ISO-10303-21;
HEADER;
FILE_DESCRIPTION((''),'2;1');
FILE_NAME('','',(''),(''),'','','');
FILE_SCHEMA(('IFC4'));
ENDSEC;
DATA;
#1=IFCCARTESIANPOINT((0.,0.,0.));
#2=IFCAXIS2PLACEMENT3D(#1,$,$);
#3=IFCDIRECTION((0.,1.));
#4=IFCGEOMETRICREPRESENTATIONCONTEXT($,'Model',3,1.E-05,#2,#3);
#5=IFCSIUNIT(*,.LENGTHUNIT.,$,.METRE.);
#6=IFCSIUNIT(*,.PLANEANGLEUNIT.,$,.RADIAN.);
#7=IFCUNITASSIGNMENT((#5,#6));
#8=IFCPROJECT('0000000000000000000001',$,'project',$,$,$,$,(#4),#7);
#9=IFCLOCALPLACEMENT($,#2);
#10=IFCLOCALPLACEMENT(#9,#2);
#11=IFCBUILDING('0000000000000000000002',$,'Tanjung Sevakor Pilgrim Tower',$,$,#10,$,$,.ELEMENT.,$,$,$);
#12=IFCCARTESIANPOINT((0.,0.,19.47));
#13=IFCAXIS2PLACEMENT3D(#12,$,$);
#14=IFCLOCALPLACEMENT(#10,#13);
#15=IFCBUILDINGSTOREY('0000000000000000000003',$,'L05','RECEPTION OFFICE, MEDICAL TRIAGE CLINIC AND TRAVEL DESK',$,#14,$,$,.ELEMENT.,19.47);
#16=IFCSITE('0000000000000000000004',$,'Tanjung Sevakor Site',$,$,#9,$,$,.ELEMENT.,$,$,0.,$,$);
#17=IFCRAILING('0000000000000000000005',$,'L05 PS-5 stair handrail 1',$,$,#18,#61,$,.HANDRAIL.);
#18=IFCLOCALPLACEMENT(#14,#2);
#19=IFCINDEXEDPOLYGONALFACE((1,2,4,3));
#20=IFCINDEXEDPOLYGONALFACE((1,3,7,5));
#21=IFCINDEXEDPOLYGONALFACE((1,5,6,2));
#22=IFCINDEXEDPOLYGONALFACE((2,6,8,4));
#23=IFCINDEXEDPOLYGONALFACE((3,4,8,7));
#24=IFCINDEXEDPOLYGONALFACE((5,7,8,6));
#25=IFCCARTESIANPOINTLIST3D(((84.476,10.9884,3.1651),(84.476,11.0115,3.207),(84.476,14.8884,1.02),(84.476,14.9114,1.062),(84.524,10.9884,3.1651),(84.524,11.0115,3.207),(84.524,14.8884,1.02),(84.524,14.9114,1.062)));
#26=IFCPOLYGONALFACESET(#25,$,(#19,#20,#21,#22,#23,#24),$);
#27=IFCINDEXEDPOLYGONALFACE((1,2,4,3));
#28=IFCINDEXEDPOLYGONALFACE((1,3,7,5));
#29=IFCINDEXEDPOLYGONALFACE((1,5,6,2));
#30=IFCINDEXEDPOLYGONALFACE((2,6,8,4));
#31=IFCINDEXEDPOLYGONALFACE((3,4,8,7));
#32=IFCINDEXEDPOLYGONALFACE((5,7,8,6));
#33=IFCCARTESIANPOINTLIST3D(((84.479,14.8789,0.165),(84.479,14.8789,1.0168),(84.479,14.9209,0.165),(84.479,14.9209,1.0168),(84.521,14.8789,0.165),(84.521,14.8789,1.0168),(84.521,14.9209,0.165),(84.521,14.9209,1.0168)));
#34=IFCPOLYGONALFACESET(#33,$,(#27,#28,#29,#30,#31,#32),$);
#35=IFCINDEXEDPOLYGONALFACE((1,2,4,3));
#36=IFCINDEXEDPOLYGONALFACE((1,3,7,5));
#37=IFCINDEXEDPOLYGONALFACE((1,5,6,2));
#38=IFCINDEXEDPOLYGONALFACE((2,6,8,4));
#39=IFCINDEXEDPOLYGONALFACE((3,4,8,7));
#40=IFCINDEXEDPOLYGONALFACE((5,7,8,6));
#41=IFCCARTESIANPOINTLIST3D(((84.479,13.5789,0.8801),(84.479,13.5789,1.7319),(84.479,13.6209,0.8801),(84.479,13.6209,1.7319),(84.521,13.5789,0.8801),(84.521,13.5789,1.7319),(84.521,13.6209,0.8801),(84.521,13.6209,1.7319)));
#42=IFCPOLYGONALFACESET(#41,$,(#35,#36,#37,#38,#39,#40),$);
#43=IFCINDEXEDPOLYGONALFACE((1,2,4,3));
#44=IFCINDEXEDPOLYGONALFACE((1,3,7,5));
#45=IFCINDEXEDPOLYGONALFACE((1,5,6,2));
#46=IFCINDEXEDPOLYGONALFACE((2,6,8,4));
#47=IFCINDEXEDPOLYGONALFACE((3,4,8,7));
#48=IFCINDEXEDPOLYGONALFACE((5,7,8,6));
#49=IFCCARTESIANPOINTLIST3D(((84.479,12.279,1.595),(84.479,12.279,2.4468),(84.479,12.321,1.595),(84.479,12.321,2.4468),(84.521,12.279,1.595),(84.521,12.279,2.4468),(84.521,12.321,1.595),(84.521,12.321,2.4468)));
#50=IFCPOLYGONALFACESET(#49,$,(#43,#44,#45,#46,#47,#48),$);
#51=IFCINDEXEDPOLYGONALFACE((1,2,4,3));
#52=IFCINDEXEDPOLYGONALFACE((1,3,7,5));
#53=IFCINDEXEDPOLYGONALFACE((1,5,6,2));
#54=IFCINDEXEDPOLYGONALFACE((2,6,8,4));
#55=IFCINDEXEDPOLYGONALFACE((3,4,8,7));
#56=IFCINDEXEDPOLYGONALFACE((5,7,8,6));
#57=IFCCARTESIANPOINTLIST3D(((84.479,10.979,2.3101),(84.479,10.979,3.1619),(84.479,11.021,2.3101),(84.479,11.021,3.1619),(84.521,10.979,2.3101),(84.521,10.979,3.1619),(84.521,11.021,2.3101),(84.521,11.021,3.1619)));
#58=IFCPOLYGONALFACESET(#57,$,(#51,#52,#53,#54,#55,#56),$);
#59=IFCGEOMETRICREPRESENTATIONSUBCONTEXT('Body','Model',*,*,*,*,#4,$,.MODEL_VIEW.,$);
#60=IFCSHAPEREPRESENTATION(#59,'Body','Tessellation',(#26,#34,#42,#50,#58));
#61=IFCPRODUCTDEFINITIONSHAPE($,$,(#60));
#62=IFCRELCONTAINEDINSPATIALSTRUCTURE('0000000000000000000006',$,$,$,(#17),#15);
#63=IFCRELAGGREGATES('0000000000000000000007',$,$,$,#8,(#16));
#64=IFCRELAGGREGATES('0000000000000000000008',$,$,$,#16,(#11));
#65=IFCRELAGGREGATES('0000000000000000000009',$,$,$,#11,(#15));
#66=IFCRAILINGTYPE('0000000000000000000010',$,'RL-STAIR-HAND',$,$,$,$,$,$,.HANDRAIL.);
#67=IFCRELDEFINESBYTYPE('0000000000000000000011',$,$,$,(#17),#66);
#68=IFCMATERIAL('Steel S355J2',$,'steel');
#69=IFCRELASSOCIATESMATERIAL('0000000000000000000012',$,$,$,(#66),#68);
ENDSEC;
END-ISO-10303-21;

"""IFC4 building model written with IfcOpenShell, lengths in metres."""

from ifc_helpers import new_model, si_unit, direction, frame, origin, place, context, subcontext, project, spatial, rectangle, extrude, material, type_object, element, save


model = new_model("IFC4")

# Units and contexts
model_context = context("Model", 3, precision=1e-05, world=origin(), true_north=direction((0.0, 1.0)))
body_context = subcontext(model_context, "Body", "Model", "MODEL_VIEW")
ifc_project = project(units=[si_unit("LENGTHUNIT", "METRE"), si_unit("PLANEANGLEUNIT", "RADIAN")], contexts=[model_context])

# Site, building, storey
site_placement = place(None, origin())
site = spatial("IfcSite", under=ifc_project, at=site_placement, Name="Tanjung Sevakor Site", CompositionType="ELEMENT", RefElevation=0.0)
building_placement = place(site_placement, origin())
building = spatial("IfcBuilding", under=site, at=building_placement, Name="Tanjung Sevakor Pilgrim Tower", CompositionType="ELEMENT")
storey_placement = place(building_placement, frame((0.0, 0.0, 19.47)))
storey = spatial("IfcBuildingStorey", under=building, at=storey_placement, Name="L05", Description="RECEPTION OFFICE, MEDICAL TRIAGE CLINIC AND TRAVEL DESK", CompositionType="ELEMENT", Elevation=19.47)

# Railing
ifc_material_1 = material(Name="Steel S355J2", Category="steel")
railing_type = type_object("IfcRailingType", Name="RL-STAIR-HAND", PredefinedType="HANDRAIL", material=ifc_material_1)
railing_placement = place(storey_placement, frame((84.5, 14.8999, 0.165)))
element("IfcRailing", 1, at=railing_placement, inside=storey, type_object=railing_type, Name="L05 PS-5 stair handrail 1", PredefinedType="HANDRAIL", context=body_context, shape_type="SweptSolid", body=[
    extrude(rectangle(XDim=0.0479, YDim=0.0479), frame((0.0, 0.0, 0.876), z_axis=(0.0, -0.876209, 0.481931), x_axis=(1.0, 0.0, 0.0)), (0.0, 0.0, 1.0), 4.4509),
    extrude(rectangle(XDim=0.042, YDim=0.042), origin(), (0.0, 0.0, 1.0), 0.8518),
    extrude(rectangle(XDim=0.042, YDim=0.042), frame((0.0, -1.3, 0.7151)), (0.0, 0.0, 1.0), 0.8518),
    extrude(rectangle(XDim=0.042, YDim=0.042), frame((0.0, -2.5999, 1.4299)), (0.0, 0.0, 1.0), 0.8518),
    extrude(rectangle(XDim=0.042, YDim=0.042), frame((0.0, -3.8999, 2.145)), (0.0, 0.0, 1.0), 0.8518),
])

save(model, "model.ifc")
